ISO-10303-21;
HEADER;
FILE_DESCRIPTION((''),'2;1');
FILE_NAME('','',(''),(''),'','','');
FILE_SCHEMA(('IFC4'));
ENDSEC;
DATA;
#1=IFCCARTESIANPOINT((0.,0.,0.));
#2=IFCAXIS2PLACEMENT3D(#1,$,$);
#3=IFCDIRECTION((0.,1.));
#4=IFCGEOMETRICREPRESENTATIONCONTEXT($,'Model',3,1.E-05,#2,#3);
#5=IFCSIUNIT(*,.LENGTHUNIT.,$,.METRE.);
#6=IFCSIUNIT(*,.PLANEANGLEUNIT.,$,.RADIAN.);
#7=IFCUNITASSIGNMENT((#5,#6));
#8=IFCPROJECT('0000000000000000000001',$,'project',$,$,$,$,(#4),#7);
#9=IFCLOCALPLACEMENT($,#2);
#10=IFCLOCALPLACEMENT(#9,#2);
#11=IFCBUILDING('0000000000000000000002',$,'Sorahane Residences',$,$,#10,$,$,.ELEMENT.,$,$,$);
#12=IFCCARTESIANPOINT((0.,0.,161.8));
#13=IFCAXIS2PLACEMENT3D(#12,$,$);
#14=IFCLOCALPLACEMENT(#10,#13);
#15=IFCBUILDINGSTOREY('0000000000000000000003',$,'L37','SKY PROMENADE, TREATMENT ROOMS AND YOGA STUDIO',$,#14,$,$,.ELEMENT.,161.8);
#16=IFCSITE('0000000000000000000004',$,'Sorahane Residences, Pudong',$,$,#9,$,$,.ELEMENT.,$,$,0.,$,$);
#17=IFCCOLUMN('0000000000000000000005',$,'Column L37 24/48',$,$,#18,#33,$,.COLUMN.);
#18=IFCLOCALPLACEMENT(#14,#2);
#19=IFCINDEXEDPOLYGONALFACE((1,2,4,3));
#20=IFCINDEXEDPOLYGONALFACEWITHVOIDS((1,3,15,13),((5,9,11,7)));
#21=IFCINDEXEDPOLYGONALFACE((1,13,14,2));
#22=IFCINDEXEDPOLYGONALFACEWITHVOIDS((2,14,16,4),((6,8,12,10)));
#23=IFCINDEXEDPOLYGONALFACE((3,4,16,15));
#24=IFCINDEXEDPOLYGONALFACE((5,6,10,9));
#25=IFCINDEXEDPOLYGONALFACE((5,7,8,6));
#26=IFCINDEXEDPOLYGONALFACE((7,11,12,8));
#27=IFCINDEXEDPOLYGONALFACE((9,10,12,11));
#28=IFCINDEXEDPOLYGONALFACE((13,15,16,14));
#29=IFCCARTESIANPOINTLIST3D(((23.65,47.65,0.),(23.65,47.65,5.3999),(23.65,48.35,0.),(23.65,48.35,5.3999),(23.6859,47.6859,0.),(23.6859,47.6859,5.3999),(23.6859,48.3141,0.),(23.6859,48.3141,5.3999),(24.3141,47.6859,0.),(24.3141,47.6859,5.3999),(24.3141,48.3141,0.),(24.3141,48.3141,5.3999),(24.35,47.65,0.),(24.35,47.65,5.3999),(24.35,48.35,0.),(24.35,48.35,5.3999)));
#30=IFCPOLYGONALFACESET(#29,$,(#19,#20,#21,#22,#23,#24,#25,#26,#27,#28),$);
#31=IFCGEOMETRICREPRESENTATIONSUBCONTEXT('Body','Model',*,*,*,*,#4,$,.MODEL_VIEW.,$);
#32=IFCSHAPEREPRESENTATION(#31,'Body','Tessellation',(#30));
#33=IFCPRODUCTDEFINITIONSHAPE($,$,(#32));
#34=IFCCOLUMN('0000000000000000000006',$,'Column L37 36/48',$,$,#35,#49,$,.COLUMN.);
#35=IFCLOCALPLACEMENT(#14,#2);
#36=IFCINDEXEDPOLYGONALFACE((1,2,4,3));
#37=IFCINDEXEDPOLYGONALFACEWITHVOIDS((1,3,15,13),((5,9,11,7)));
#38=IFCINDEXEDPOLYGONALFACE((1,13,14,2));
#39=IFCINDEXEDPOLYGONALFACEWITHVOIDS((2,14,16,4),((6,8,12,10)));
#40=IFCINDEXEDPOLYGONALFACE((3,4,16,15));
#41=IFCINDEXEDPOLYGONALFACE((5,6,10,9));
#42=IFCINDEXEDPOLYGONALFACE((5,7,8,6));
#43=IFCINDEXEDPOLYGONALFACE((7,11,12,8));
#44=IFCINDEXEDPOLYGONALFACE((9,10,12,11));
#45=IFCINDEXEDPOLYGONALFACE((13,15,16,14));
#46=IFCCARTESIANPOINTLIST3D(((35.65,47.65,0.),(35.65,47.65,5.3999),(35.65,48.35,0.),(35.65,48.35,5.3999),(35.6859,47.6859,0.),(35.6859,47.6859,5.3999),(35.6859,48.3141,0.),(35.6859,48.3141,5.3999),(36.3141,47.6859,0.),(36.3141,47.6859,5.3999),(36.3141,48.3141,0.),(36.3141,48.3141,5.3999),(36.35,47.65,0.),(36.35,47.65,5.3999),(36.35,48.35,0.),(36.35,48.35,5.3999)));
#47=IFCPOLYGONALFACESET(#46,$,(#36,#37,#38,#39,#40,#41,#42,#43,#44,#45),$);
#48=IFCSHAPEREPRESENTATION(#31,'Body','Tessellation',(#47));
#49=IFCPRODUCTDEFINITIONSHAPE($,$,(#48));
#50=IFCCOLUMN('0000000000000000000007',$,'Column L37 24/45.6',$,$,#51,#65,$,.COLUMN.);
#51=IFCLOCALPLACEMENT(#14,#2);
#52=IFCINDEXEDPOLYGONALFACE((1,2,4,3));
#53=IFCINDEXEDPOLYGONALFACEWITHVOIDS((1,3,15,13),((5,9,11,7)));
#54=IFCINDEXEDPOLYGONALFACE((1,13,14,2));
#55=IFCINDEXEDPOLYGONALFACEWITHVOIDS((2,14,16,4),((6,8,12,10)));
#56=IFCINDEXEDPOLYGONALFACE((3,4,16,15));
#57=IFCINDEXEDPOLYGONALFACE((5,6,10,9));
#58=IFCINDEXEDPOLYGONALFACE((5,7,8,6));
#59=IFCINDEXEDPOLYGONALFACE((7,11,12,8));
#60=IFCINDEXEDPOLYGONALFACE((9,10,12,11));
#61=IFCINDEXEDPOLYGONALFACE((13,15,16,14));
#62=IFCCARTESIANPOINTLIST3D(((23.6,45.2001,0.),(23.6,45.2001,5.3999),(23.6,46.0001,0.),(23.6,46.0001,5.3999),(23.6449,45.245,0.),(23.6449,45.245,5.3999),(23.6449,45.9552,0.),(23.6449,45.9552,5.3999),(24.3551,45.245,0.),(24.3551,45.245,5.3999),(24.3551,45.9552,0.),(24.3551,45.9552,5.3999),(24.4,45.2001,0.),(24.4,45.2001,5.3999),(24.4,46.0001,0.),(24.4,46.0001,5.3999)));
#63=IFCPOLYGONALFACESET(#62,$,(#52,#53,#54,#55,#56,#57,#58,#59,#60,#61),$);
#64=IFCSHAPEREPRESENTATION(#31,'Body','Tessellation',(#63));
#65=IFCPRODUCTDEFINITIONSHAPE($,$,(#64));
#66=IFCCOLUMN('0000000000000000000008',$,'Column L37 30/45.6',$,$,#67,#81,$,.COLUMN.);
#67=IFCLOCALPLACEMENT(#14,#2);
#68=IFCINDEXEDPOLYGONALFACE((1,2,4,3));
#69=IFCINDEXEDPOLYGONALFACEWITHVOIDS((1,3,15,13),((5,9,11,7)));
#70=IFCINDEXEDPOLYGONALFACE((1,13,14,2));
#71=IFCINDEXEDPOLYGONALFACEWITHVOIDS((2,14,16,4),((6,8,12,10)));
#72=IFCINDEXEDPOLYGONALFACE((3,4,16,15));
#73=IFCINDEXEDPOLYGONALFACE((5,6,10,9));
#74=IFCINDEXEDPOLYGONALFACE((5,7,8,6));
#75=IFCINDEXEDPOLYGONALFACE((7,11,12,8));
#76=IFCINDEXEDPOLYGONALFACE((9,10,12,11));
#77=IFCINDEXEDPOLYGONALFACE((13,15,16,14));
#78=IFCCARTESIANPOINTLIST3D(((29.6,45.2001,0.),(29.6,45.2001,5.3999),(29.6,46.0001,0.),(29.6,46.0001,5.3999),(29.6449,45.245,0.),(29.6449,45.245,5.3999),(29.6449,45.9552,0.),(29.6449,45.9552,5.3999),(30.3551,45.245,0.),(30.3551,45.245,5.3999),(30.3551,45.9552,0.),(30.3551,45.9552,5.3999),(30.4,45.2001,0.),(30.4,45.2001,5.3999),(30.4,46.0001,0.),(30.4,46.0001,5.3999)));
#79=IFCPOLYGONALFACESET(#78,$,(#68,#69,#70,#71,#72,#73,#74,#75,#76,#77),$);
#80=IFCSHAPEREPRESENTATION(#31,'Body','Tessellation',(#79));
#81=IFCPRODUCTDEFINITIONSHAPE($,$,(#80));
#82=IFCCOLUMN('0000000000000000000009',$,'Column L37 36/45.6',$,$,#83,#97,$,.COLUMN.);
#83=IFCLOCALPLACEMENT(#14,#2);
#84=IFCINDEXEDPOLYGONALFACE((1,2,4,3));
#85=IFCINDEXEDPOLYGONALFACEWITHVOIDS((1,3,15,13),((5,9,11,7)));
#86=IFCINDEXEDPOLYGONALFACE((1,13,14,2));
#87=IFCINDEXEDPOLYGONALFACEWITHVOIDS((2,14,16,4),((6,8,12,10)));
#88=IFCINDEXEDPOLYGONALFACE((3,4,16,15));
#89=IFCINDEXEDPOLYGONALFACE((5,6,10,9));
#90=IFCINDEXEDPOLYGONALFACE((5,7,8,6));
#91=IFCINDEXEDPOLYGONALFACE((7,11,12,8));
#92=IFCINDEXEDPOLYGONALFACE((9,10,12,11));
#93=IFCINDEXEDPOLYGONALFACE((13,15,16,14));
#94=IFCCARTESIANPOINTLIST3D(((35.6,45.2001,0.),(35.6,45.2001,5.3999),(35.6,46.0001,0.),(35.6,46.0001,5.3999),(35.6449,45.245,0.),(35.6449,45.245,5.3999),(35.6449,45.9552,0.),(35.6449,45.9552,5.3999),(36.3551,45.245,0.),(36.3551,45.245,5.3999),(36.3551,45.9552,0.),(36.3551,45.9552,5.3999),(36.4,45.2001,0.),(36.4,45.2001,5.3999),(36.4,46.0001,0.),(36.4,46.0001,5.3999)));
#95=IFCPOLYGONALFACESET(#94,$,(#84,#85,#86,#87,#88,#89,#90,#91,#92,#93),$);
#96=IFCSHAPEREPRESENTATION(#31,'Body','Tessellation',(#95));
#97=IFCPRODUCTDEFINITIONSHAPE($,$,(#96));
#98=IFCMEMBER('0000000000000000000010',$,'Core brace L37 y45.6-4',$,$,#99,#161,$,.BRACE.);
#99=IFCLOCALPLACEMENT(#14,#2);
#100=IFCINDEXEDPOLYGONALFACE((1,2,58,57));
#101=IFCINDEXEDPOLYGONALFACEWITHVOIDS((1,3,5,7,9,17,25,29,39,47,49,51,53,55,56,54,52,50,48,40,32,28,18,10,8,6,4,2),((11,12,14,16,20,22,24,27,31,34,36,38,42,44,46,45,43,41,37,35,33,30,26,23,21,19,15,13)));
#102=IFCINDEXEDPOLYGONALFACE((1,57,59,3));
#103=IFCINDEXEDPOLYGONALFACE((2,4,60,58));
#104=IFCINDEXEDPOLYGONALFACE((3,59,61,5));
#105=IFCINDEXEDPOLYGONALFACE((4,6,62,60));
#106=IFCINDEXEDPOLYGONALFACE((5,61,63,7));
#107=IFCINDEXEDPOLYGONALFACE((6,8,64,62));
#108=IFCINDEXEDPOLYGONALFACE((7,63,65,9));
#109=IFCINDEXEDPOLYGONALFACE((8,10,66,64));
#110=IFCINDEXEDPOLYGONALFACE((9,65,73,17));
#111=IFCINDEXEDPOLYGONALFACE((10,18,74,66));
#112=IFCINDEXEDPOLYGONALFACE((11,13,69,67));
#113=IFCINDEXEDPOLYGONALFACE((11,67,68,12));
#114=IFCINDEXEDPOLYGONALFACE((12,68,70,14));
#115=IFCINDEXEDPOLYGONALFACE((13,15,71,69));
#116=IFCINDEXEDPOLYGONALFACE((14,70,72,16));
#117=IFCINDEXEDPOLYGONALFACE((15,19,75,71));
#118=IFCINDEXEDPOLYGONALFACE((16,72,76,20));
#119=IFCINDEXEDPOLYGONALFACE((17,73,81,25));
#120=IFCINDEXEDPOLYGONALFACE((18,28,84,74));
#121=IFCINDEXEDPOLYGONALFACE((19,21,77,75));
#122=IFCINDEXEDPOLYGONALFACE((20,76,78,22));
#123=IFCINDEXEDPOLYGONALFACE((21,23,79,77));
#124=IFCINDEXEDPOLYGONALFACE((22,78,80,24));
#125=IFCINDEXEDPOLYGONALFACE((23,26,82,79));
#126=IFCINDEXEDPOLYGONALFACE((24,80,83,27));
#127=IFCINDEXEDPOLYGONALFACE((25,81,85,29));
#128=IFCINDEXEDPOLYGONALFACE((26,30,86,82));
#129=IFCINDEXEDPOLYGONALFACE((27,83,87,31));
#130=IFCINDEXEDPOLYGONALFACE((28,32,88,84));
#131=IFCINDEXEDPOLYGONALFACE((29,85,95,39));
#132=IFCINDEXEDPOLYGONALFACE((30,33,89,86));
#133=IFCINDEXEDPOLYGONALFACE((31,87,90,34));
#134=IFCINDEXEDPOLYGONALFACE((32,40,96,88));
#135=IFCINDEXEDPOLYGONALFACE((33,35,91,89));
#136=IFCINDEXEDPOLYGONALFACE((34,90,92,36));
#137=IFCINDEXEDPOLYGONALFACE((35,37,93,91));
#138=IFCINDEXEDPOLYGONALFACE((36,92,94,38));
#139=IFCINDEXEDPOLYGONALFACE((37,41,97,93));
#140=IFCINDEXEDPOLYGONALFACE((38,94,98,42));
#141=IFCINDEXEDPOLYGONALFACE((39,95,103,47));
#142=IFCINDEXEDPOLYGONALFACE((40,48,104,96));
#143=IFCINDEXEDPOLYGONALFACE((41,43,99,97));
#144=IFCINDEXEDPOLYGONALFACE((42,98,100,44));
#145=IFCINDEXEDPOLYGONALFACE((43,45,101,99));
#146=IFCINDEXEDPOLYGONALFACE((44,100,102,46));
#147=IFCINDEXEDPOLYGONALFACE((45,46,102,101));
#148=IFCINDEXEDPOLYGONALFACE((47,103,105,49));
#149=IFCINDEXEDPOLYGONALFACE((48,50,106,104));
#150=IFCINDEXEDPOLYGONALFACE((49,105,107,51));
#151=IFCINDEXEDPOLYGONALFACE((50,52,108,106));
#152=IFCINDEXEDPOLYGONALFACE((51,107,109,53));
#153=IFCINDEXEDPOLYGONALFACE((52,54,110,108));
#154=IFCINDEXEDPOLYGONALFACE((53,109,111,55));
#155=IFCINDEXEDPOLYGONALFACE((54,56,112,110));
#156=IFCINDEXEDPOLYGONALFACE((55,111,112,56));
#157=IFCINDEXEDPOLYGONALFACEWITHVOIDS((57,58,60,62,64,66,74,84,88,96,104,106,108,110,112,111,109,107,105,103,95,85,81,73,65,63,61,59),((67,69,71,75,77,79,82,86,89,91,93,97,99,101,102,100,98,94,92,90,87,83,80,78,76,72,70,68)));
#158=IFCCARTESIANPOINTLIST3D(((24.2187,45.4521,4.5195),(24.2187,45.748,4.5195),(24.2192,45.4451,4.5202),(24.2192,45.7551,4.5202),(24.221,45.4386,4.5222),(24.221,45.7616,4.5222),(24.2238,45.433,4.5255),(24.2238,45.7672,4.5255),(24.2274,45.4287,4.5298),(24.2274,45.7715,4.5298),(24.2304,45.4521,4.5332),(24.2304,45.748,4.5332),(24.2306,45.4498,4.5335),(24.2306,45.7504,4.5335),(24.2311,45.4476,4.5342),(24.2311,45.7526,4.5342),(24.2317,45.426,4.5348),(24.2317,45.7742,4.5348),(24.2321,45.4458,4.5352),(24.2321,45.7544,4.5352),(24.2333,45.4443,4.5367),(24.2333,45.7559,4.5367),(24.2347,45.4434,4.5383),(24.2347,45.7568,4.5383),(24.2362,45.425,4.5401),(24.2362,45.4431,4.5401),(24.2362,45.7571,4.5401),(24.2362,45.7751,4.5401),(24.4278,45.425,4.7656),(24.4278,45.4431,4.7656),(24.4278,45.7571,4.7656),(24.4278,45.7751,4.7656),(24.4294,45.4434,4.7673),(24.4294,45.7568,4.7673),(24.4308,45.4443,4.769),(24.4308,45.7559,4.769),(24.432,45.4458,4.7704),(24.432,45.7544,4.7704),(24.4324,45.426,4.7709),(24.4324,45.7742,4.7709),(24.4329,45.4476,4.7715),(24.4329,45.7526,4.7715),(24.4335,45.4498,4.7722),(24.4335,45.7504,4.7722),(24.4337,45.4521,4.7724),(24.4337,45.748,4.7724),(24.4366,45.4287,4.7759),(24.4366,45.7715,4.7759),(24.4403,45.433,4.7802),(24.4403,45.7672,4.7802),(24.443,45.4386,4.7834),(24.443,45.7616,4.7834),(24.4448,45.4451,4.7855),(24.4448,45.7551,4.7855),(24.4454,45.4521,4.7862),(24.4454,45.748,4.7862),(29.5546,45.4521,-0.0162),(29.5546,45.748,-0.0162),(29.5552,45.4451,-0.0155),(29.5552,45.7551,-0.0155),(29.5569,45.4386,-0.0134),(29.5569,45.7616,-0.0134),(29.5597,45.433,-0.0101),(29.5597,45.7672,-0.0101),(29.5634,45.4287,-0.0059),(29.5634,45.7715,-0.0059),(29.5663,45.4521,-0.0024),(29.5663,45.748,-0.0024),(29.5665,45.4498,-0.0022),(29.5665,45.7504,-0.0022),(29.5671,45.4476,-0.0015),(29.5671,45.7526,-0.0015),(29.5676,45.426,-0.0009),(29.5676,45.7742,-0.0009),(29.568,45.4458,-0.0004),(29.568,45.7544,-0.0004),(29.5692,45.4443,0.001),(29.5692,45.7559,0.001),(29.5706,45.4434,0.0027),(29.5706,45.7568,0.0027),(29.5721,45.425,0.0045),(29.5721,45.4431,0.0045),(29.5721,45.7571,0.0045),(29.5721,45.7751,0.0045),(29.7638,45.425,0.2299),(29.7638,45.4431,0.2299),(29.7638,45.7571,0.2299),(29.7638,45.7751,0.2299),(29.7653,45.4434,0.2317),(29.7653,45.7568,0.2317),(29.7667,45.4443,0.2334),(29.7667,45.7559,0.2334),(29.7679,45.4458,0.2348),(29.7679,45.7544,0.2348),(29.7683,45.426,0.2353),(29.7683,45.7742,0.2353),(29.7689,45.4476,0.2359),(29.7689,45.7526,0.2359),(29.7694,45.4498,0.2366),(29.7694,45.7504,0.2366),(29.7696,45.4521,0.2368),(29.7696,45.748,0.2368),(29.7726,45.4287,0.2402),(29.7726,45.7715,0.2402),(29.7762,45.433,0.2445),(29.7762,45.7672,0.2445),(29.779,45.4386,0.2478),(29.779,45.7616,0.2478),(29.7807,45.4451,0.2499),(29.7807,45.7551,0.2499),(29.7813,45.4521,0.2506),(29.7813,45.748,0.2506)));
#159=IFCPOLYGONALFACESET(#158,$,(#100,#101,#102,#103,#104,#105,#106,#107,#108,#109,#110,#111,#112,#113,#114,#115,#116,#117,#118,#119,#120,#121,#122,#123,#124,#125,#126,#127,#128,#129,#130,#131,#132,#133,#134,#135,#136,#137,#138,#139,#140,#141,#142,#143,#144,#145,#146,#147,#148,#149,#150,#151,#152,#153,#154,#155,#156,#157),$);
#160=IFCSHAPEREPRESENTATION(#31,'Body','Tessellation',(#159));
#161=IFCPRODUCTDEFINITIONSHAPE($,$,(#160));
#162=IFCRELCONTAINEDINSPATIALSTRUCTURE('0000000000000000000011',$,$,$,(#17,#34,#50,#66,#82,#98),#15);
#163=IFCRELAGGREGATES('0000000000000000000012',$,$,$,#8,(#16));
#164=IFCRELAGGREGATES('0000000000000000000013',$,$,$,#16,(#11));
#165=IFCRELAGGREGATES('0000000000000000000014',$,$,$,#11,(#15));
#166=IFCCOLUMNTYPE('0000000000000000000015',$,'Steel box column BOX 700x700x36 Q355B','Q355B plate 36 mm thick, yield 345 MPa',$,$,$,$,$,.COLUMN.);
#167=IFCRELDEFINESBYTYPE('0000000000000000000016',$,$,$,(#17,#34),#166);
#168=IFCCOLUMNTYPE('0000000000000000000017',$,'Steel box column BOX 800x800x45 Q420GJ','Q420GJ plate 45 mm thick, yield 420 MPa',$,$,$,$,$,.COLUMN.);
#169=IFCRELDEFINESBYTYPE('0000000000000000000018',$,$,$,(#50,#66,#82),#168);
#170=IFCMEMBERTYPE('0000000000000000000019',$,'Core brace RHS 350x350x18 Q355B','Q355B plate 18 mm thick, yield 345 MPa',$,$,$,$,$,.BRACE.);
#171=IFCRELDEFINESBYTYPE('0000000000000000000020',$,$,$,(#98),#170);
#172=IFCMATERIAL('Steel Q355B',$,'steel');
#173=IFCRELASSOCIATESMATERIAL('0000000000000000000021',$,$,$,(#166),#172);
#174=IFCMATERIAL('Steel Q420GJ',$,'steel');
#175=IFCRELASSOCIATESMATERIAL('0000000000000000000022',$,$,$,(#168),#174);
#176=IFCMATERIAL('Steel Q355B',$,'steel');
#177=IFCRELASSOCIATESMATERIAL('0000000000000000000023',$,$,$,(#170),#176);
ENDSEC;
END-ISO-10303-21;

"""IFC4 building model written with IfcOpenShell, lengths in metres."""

from ifc_helpers import new_model, si_unit, direction, frame, origin, origin_2d, place, context, subcontext, project, spatial, hollow_rectangle, extrude, material, material_profile, profile_set, type_object, element, save


model = new_model("IFC4")

# Units and contexts
model_context = context("Model", 3, precision=1e-05, world=origin(), true_north=direction((0.0, 1.0)))
body_context = subcontext(model_context, "Body", "Model", "MODEL_VIEW")
ifc_project = project(units=[si_unit("LENGTHUNIT", "METRE"), si_unit("PLANEANGLEUNIT", "RADIAN")], contexts=[model_context])

# Site, building, storey
site_placement = place(None, origin())
site = spatial("IfcSite", under=ifc_project, at=site_placement, Name="Sorahane Residences, Pudong", CompositionType="ELEMENT", RefElevation=0.0)
building_placement = place(site_placement, origin())
building = spatial("IfcBuilding", under=site, at=building_placement, Name="Sorahane Residences", CompositionType="ELEMENT")
storey_placement = place(building_placement, frame((0.0, 0.0, 161.8)))
storey = spatial("IfcBuildingStorey", under=building, at=storey_placement, Name="L37", Description="SKY PROMENADE, TREATMENT ROOMS AND YOGA STUDIO", CompositionType="ELEMENT", Elevation=161.8)

# Columns
ifc_material_1 = material(Name="Steel Q355B", Category="steel")
ifc_material_profile_1 = material_profile(ifc_material_1, hollow_rectangle(XDim=0.7, YDim=0.7, WallThickness=0.0359, at=origin_2d()), Name="BOX 700x700x36")
ifc_profile_set_1 = profile_set([ifc_material_profile_1], Name="Steel Q355B")
column_type_1 = type_object("IfcColumnType", Name="Steel box column BOX 700x700x36 Q355B", Description="Q355B plate 36 mm thick, yield 345 MPa", PredefinedType="COLUMN", material=ifc_profile_set_1)
for number, where, z_axis, x_axis, name in (
    (1, (24.0, 48.0, 0.0), (0.0, 0.0, 1.0), (1.0, 0.0, 0.0), "Column L37 24/48"),
    (2, (36.0, 48.0, 0.0), (0.0, 0.0, 1.0), (1.0, 0.0, 0.0), "Column L37 36/48"),
):
    element("IfcColumn", number, at=place(storey_placement, frame(where, z_axis=z_axis, x_axis=x_axis)), inside=storey, type_object=column_type_1, Name=name, PredefinedType="COLUMN", context=body_context, shape_type="SweptSolid", body=[
        extrude(hollow_rectangle(XDim=0.7, YDim=0.7, WallThickness=0.0359, at=origin_2d()), origin(), (0.0, 0.0, 1.0), 5.3999),
    ])
ifc_material_2 = material(Name="Steel Q420GJ", Category="steel")
ifc_material_profile_2 = material_profile(ifc_material_2, hollow_rectangle(XDim=0.8, YDim=0.8, WallThickness=0.0449, at=origin_2d()), Name="BOX 800x800x45")
ifc_profile_set_2 = profile_set([ifc_material_profile_2], Name="Steel Q420GJ")
column_type_2 = type_object("IfcColumnType", Name="Steel box column BOX 800x800x45 Q420GJ", Description="Q420GJ plate 45 mm thick, yield 420 MPa", PredefinedType="COLUMN", material=ifc_profile_set_2)
for number, where, z_axis, x_axis, name in (
    (3, (24.0, 45.6001, 0.0), (0.0, 0.0, 1.0), (1.0, 0.0, 0.0), "Column L37 24/45.6"),
    (4, (30.0, 45.6001, 0.0), (0.0, 0.0, 1.0), (1.0, 0.0, 0.0), "Column L37 30/45.6"),
    (5, (36.0, 45.6001, 0.0), (0.0, 0.0, 1.0), (1.0, 0.0, 0.0), "Column L37 36/45.6"),
):
    element("IfcColumn", number, at=place(storey_placement, frame(where, z_axis=z_axis, x_axis=x_axis)), inside=storey, type_object=column_type_2, Name=name, PredefinedType="COLUMN", context=body_context, shape_type="SweptSolid", body=[
        extrude(hollow_rectangle(XDim=0.8, YDim=0.8, WallThickness=0.0449, at=origin_2d()), origin(), (0.0, 0.0, 1.0), 5.3999),
    ])

# Member
ifc_material_3 = material(Name="Steel Q355B", Category="steel")
ifc_material_profile_3 = material_profile(ifc_material_3, hollow_rectangle(XDim=0.3501, YDim=0.3501, WallThickness=0.0181, InnerFilletRadius=0.009, OuterFilletRadius=0.0271, at=origin_2d()), Name="RHS 350x350x18")
ifc_profile_set_3 = profile_set([ifc_material_profile_3], Name="Steel Q355B")
member_type_1 = type_object("IfcMemberType", Name="Core brace RHS 350x350x18 Q355B", Description="Q355B plate 18 mm thick, yield 345 MPa", PredefinedType="BRACE", material=ifc_profile_set_3)
member_1_placement = place(storey_placement, frame((29.668, 45.6001, 0.1172), z_axis=(-0.761932, 0.0, 0.647657), x_axis=(0.0, -1.0, 0.0)))
element("IfcMember", 6, at=member_1_placement, inside=storey, type_object=member_type_1, Name="Core brace L37 y45.6-4", PredefinedType="BRACE", context=body_context, shape_type="SweptSolid", body=[
    extrude(hollow_rectangle(XDim=0.3501, YDim=0.3501, WallThickness=0.0181, InnerFilletRadius=0.009, OuterFilletRadius=0.0271, at=origin_2d()), origin(), (0.0, 0.0, 1.0), 7.0032),
])

save(model, "model.ifc")
